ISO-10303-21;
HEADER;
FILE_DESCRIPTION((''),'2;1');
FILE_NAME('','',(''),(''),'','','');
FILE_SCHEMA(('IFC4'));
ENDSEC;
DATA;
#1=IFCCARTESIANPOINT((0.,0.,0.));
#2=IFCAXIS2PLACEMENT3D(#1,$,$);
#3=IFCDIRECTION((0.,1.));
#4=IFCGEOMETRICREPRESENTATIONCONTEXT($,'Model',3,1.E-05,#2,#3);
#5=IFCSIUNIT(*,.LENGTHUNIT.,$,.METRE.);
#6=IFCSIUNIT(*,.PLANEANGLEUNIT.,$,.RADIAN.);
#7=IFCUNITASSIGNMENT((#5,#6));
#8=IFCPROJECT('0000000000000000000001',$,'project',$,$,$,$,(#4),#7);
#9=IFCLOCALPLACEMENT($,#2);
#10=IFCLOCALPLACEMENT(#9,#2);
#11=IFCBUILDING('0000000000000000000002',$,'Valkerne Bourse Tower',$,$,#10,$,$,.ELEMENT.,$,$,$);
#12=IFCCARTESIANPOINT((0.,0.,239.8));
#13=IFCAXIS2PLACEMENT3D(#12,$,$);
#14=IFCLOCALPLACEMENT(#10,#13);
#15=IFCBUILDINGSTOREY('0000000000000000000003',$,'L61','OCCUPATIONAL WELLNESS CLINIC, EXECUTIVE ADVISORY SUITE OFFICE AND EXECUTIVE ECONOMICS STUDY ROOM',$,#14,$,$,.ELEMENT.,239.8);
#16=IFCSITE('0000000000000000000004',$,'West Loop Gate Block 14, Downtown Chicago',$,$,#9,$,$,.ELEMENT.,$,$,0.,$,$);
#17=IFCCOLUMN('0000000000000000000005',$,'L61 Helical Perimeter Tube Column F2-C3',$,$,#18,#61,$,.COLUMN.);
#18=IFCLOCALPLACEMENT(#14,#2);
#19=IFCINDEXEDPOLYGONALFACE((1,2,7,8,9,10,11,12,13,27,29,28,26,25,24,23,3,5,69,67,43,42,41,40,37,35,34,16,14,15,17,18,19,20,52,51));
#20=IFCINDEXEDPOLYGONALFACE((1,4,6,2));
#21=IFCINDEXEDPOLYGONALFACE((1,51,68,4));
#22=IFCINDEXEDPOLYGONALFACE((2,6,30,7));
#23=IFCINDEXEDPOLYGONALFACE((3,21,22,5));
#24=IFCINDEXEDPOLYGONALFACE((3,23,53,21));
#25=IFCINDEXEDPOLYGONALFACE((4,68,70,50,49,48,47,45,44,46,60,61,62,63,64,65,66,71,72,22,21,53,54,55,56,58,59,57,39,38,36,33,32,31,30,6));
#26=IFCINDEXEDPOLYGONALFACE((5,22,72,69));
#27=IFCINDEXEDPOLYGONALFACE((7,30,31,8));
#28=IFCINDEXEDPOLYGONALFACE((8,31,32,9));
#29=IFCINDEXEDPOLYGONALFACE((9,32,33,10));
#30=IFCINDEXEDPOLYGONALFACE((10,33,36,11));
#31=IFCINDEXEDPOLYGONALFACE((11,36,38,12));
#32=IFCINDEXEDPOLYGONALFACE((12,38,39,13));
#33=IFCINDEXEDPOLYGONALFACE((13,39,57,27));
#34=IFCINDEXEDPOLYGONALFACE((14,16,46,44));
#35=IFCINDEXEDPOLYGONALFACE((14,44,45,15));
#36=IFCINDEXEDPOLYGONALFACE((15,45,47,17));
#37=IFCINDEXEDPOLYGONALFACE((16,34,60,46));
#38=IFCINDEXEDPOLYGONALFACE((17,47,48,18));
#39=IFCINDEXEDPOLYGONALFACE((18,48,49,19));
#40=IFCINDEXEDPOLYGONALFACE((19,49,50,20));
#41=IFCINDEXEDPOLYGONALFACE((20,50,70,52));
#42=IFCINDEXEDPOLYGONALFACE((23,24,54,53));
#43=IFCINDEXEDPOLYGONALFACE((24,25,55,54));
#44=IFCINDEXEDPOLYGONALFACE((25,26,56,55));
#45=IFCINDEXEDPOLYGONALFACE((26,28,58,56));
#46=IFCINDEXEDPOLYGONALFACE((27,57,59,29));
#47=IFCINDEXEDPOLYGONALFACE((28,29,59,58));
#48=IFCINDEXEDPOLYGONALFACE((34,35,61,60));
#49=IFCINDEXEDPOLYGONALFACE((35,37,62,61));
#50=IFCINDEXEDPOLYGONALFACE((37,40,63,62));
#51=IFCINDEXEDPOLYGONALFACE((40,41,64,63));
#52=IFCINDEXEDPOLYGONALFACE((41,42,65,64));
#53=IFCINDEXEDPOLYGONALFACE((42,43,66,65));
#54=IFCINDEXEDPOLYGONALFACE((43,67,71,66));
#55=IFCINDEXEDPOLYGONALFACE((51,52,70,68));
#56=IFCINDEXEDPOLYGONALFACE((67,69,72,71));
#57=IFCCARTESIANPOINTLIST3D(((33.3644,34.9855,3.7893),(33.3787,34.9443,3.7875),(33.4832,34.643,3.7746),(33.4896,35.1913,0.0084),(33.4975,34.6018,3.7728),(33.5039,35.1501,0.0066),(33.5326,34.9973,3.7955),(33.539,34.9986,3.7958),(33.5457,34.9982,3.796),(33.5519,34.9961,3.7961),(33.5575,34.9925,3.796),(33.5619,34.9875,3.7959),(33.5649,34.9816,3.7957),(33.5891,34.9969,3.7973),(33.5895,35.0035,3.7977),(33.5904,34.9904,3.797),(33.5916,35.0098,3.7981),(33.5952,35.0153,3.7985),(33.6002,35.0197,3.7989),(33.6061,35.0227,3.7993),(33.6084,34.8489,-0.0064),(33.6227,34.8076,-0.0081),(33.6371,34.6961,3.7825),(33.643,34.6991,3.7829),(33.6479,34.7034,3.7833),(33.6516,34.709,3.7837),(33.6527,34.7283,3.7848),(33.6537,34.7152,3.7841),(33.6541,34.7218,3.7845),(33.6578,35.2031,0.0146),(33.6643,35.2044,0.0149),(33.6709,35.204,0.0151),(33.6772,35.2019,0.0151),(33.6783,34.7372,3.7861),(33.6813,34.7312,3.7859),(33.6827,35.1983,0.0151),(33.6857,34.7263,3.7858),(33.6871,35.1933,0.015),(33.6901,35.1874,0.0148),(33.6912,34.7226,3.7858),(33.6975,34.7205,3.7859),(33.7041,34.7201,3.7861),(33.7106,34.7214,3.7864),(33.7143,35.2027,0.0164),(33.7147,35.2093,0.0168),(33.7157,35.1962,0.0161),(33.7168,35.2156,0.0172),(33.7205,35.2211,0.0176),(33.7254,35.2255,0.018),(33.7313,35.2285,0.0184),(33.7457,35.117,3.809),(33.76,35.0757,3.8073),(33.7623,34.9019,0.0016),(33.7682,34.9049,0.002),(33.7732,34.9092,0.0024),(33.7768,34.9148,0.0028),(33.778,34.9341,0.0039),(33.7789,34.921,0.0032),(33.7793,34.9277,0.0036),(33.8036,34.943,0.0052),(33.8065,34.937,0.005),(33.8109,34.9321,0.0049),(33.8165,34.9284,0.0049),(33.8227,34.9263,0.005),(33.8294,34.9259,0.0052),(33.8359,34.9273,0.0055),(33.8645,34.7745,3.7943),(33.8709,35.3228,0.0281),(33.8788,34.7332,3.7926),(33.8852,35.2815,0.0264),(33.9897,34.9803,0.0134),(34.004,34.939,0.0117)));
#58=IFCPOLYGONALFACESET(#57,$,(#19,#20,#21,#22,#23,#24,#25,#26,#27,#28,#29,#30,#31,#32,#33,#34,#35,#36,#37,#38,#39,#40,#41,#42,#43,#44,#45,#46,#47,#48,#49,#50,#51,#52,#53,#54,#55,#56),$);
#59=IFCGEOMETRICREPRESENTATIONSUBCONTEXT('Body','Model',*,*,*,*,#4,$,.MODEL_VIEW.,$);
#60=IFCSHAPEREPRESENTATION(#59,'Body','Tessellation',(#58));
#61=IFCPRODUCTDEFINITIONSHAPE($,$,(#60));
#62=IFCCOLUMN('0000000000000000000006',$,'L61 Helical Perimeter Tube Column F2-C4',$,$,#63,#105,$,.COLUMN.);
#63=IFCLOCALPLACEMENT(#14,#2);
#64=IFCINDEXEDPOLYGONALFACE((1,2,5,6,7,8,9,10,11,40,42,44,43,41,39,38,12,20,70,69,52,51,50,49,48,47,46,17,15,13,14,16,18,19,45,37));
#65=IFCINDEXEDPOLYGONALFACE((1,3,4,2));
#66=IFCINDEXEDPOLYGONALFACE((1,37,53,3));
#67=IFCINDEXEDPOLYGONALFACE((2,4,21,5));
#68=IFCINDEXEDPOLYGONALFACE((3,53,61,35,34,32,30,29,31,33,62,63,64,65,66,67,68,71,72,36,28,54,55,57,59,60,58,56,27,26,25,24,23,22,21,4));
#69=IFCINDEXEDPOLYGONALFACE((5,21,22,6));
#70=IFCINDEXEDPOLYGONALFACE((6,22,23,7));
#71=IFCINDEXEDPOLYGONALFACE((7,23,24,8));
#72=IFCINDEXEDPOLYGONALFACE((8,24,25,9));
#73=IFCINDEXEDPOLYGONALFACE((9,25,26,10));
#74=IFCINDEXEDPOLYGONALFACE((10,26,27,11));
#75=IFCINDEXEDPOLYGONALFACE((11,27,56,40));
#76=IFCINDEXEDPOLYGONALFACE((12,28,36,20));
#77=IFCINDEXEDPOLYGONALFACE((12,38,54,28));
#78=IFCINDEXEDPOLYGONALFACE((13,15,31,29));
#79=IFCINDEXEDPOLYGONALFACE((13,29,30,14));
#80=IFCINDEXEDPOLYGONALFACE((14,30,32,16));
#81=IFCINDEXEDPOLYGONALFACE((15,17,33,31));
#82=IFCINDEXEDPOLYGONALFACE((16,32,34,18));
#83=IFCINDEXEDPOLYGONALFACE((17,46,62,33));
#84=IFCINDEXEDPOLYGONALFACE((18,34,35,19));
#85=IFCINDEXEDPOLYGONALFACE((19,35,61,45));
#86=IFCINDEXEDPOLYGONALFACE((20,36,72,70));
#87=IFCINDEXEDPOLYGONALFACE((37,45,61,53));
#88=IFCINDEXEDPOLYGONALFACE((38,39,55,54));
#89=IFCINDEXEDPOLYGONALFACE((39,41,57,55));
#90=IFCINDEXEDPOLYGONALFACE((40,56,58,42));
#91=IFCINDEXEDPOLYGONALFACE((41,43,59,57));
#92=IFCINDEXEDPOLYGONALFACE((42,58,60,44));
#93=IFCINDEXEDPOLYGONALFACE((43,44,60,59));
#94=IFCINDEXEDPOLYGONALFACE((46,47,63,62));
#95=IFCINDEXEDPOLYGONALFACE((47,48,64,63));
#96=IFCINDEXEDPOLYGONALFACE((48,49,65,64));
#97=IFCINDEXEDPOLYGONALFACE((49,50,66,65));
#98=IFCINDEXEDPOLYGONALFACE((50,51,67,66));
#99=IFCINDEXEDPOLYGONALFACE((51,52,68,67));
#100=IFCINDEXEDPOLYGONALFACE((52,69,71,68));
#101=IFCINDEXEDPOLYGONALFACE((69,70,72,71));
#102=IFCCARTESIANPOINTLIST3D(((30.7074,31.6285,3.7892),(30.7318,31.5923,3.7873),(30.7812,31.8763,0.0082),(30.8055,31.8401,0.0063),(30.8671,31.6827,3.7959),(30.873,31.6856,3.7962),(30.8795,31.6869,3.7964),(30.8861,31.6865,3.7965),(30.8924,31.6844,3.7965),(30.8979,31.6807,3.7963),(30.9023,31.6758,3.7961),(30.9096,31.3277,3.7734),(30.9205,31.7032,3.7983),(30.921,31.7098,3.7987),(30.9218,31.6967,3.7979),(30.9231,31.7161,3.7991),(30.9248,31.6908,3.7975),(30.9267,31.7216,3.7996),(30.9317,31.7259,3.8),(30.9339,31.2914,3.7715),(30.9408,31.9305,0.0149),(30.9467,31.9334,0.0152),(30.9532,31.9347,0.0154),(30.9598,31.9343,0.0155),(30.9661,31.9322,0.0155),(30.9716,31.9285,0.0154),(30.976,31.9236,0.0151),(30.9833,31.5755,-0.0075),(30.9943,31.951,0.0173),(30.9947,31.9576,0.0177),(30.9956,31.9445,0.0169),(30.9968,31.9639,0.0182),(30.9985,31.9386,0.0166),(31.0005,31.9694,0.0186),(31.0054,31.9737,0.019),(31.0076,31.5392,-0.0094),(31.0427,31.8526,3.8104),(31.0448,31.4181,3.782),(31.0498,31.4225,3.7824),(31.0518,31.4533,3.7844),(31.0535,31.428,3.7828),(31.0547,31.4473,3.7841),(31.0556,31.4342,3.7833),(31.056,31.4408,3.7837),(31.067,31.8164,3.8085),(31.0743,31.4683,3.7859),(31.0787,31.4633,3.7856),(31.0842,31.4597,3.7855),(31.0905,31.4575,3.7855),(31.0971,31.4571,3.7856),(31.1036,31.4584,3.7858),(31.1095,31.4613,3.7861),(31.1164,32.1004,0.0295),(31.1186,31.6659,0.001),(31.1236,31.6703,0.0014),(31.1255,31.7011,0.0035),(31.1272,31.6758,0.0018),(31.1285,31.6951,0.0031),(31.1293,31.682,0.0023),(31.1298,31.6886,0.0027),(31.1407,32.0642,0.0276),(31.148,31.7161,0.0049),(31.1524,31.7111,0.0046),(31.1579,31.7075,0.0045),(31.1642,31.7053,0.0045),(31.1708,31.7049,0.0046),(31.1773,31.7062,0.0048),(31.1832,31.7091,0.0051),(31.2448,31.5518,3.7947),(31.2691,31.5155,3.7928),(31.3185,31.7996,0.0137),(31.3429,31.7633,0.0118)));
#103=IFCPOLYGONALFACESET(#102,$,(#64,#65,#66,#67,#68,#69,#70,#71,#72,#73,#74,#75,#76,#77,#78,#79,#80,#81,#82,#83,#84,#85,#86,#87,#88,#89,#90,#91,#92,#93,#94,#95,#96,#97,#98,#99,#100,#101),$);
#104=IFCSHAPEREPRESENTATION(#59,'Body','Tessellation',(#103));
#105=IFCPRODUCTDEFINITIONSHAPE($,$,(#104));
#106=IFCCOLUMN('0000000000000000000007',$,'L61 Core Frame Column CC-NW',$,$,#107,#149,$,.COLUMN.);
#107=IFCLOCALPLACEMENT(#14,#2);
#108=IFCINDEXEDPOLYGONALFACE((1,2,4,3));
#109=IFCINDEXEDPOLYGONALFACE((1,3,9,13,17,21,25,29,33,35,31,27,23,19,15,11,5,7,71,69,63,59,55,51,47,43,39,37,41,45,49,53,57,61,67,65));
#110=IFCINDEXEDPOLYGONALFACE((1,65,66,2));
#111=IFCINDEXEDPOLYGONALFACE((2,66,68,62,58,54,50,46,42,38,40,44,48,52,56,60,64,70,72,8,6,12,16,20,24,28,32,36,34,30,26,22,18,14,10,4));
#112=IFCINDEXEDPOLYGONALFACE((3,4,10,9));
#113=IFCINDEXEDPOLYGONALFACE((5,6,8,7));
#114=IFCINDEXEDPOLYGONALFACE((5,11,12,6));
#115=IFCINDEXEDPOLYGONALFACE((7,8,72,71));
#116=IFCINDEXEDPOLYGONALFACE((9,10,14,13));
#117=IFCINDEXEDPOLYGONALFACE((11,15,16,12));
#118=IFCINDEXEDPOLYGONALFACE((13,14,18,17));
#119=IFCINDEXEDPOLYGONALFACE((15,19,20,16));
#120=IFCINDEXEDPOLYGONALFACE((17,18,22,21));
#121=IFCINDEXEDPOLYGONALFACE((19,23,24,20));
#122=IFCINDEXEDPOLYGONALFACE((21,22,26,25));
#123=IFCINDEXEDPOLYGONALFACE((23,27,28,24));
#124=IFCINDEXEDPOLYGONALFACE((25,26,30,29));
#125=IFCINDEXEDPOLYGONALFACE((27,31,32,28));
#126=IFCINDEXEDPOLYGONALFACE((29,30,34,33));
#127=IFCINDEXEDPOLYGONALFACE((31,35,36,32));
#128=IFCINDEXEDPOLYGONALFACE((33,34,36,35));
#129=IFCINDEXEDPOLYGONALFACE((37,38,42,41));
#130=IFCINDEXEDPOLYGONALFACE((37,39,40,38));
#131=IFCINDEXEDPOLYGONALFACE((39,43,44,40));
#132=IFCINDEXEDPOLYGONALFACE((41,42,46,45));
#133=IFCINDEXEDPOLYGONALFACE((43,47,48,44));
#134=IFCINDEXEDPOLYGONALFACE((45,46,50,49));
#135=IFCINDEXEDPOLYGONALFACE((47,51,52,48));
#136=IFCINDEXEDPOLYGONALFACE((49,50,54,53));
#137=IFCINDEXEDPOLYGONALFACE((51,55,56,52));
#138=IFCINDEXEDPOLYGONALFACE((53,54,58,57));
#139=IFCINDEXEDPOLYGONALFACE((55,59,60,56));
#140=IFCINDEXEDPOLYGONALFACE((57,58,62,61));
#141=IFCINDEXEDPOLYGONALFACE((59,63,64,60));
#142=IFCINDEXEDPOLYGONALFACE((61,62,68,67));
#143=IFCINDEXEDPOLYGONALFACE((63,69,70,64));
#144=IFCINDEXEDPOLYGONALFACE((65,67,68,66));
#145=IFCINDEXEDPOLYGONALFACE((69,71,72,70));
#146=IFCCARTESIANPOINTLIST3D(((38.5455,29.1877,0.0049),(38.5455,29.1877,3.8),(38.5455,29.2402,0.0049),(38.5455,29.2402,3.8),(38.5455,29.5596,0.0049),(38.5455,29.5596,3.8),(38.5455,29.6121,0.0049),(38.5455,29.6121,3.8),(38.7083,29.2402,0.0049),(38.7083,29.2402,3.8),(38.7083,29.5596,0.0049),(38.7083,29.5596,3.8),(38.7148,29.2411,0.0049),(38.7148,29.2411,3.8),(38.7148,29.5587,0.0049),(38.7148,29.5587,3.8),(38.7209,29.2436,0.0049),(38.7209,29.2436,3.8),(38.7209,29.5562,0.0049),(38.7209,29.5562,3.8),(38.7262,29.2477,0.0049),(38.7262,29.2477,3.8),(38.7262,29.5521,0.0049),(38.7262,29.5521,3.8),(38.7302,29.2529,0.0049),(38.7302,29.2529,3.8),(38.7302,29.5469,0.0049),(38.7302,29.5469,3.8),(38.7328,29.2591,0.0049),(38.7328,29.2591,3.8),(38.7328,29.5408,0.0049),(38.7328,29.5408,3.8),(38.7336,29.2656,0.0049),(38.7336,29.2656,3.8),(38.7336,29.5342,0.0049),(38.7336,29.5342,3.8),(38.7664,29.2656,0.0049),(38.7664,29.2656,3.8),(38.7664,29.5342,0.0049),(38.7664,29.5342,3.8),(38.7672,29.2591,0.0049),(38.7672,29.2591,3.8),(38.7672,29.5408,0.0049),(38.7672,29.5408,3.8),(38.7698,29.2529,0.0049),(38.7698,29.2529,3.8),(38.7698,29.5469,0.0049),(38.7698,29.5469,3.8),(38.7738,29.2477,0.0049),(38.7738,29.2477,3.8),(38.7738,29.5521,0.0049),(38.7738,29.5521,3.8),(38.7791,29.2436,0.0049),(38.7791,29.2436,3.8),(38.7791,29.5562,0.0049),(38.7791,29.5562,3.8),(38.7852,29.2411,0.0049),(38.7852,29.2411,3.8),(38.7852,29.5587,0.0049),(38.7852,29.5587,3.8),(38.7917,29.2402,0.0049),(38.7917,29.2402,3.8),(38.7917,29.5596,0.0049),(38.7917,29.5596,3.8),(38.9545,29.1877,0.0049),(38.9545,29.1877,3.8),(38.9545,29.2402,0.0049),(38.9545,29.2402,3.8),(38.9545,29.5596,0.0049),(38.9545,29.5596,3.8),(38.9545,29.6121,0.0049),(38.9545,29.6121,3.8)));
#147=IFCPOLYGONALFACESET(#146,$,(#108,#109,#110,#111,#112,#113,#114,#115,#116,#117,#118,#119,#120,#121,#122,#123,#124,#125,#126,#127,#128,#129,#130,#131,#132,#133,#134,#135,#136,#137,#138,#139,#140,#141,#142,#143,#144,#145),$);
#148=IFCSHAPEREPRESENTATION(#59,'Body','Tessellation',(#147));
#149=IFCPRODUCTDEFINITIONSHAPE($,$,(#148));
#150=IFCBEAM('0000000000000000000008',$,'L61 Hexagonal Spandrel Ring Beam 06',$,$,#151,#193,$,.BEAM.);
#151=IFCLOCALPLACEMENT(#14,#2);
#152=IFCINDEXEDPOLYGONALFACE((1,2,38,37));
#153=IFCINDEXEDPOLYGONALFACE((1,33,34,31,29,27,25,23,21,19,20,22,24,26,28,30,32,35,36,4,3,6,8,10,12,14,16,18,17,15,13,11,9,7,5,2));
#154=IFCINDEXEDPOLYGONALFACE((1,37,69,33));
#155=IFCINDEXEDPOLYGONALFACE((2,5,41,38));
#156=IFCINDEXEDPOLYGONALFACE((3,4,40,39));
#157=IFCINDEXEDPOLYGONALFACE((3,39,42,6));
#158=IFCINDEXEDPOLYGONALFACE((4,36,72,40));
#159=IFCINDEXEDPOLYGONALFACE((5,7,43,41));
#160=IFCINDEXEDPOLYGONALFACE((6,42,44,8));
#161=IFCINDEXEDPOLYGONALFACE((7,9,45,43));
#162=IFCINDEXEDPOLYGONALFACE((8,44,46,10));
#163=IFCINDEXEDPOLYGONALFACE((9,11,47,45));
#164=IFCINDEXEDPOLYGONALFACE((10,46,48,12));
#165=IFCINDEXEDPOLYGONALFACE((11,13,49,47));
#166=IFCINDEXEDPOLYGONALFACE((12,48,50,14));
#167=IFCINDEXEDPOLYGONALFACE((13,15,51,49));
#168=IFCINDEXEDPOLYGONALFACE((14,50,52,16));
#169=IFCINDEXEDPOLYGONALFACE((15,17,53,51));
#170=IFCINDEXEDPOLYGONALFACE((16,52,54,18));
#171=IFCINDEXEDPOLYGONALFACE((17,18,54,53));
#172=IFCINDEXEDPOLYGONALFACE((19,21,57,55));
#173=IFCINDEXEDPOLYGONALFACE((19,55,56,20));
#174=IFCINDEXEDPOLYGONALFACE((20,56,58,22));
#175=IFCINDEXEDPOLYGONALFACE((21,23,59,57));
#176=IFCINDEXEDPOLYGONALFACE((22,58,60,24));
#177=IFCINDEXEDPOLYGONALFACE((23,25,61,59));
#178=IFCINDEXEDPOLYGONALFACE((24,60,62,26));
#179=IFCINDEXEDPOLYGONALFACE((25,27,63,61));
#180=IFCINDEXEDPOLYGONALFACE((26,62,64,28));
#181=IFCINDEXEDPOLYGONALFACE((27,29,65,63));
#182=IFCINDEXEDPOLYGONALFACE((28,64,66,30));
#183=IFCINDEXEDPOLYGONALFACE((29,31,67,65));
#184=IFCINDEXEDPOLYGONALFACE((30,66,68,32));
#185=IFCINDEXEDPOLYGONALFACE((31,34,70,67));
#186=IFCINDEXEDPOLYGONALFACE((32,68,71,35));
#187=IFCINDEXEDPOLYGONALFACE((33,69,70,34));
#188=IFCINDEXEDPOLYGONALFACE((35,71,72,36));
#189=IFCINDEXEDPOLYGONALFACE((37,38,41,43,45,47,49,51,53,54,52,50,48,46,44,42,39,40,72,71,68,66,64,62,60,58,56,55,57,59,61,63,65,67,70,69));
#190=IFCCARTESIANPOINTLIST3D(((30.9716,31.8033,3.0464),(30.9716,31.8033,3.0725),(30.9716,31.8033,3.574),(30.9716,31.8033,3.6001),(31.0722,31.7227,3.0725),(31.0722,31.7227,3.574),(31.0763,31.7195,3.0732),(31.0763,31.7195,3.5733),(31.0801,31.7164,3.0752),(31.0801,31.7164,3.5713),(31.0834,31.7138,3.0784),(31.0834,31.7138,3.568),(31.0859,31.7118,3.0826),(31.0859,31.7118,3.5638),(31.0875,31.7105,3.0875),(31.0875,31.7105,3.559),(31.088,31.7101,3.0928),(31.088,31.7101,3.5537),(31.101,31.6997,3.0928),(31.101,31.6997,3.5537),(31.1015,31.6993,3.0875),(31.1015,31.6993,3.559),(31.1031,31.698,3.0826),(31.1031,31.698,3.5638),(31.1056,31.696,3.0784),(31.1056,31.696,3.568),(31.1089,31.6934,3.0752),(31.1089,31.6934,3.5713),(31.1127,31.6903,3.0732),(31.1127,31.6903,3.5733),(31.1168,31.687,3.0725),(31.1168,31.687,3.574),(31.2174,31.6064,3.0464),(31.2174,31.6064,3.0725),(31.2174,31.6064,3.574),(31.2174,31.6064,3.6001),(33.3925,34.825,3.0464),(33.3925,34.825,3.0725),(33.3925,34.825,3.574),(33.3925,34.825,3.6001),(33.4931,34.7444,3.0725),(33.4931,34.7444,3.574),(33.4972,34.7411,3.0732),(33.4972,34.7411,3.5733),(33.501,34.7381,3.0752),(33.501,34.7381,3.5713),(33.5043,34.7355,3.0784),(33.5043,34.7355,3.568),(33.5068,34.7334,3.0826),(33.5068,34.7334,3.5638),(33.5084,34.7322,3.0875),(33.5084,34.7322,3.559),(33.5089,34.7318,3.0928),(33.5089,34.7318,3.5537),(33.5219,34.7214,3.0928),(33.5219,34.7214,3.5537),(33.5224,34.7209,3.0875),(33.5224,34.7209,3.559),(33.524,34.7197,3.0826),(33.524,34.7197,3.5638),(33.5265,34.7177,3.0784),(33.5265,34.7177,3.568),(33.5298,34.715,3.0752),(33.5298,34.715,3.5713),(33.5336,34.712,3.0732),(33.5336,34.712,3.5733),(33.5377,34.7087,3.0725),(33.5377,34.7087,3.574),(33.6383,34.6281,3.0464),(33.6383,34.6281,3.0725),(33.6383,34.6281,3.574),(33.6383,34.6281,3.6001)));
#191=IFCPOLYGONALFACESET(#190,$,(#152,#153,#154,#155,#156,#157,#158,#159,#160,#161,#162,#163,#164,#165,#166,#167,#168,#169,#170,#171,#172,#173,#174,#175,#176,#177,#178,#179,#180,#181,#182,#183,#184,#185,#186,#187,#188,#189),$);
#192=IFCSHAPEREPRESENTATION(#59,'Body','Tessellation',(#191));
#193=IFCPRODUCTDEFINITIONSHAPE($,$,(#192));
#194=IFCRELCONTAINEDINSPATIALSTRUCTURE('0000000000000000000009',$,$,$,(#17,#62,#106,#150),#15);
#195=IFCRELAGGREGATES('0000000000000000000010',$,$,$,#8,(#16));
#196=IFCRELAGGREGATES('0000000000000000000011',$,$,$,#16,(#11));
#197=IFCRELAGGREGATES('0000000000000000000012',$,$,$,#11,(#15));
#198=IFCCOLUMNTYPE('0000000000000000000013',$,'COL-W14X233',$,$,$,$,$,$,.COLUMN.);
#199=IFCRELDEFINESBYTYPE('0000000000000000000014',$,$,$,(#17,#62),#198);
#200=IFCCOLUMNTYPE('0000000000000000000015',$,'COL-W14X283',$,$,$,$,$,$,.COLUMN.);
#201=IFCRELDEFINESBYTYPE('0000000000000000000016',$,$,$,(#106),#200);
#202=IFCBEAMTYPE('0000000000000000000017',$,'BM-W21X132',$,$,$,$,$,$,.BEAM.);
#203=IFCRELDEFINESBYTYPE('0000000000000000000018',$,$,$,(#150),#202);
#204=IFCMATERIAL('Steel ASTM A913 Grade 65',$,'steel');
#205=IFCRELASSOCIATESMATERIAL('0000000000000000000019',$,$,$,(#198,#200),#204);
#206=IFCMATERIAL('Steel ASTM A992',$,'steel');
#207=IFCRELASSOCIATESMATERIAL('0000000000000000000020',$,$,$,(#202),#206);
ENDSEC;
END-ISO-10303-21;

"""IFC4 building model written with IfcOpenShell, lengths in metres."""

from ifc_helpers import new_model, si_unit, direction, frame, origin, origin_2d, place, context, subcontext, project, spatial, i_section, extrude, material, material_profile, profile_set, type_object, element, save


model = new_model("IFC4")

# Units and contexts
model_context = context("Model", 3, precision=1e-05, world=origin(), true_north=direction((0.0, 1.0)))
body_context = subcontext(model_context, "Body", "Model", "MODEL_VIEW")
ifc_project = project(units=[si_unit("LENGTHUNIT", "METRE"), si_unit("PLANEANGLEUNIT", "RADIAN")], contexts=[model_context])

# Site, building, storey
site_placement = place(None, origin())
site = spatial("IfcSite", under=ifc_project, at=site_placement, Name="West Loop Gate Block 14, Downtown Chicago", CompositionType="ELEMENT", RefElevation=0.0)
building_placement = place(site_placement, origin())
building = spatial("IfcBuilding", under=site, at=building_placement, Name="Valkerne Bourse Tower", CompositionType="ELEMENT")
storey_placement = place(building_placement, frame((0.0, 0.0, 239.8)))
storey = spatial("IfcBuildingStorey", under=building, at=storey_placement, Name="L61", Description="OCCUPATIONAL WELLNESS CLINIC, EXECUTIVE ADVISORY SUITE OFFICE AND EXECUTIVE ECONOMICS STUDY ROOM", CompositionType="ELEMENT", Elevation=239.8)

# Columns
ifc_material_1 = material(Name="Steel ASTM A913 Grade 65", Category="steel")
ifc_material_profile_1 = material_profile(ifc_material_1, i_section(OverallWidth=0.4038, OverallDepth=0.4065, WebThickness=0.0271, FlangeThickness=0.0437, FilletRadius=0.0254, at=origin_2d()), Name="W14X233")
ifc_profile_set_1 = profile_set([ifc_material_profile_1], Name="Steel ASTM A913 Grade 65")
column_type_1 = type_object("IfcColumnType", Name="COL-W14X233", PredefinedType="COLUMN", material=ifc_profile_set_1)
column_1_placement = place(storey_placement, frame((33.7468, 35.0652, 0.01), z_axis=(-0.033058, -0.054323, 0.997976), x_axis=(-0.944265, -0.325519, -0.048997)))
element("IfcColumn", 1, at=column_1_placement, inside=storey, type_object=column_type_1, Name="L61 Helical Perimeter Tube Column F2-C3", PredefinedType="COLUMN", context=body_context, shape_type="SweptSolid", body=[
    extrude(i_section(OverallWidth=0.4038, OverallDepth=0.4065, WebThickness=0.0271, FlangeThickness=0.0437, FilletRadius=0.0254, at=origin_2d()), origin(), (0.0, 0.0, 1.0), 3.7886),
])
column_2_placement = place(storey_placement, frame((31.062, 31.8198, 0.01), z_axis=(-0.019455, -0.065386, 0.99767), x_axis=(-0.830178, -0.555015, -0.052564)))
element("IfcColumn", 2, at=column_2_placement, inside=storey, type_object=column_type_1, Name="L61 Helical Perimeter Tube Column F2-C4", PredefinedType="COLUMN", context=body_context, shape_type="SweptSolid", body=[
    extrude(i_section(OverallWidth=0.4038, OverallDepth=0.4065, WebThickness=0.0271, FlangeThickness=0.0437, FilletRadius=0.0254, at=origin_2d()), origin(), (0.0, 0.0, 1.0), 3.7898),
])
ifc_material_profile_2 = material_profile(ifc_material_1, i_section(OverallWidth=0.4089, OverallDepth=0.4243, WebThickness=0.0327, FlangeThickness=0.0525, FilletRadius=0.0254, at=origin_2d()), Name="W14X283")
ifc_profile_set_2 = profile_set([ifc_material_profile_2], Name="Steel ASTM A913 Grade 65")
column_type_2 = type_object("IfcColumnType", Name="COL-W14X283", PredefinedType="COLUMN", material=ifc_profile_set_2)
column_3_placement = place(storey_placement, frame((38.75, 29.3999, 0.0049), z_axis=(0.0, 0.0, 1.0), x_axis=(1.0, 0.0, 0.0)))
element("IfcColumn", 3, at=column_3_placement, inside=storey, type_object=column_type_2, Name="L61 Core Frame Column CC-NW", PredefinedType="COLUMN", context=body_context, shape_type="SweptSolid", body=[
    extrude(i_section(OverallWidth=0.4089, OverallDepth=0.4243, WebThickness=0.0327, FlangeThickness=0.0525, FilletRadius=0.0254, at=origin_2d()), origin(), (0.0, 0.0, 1.0), 3.7952),
])

# Beam
ifc_material_2 = material(Name="Steel ASTM A992", Category="steel")
ifc_material_profile_3 = material_profile(ifc_material_2, i_section(OverallWidth=0.3149, OverallDepth=0.5537, WebThickness=0.0166, FlangeThickness=0.0261, FilletRadius=0.0203, at=origin_2d()), Name="W21X132")
ifc_profile_set_3 = profile_set([ifc_material_profile_3], Name="Steel ASTM A992")
beam_type_1 = type_object("IfcBeamType", Name="BM-W21X132", PredefinedType="BEAM", material=ifc_profile_set_3)
beam_1_placement = place(storey_placement, frame((33.5154, 34.7266, 3.3232), z_axis=(-0.625249, -0.780426, 0.0), x_axis=(0.780426, -0.625249, 0.0)))
element("IfcBeam", 4, at=beam_1_placement, inside=storey, type_object=beam_type_1, Name="L61 Hexagonal Spandrel Ring Beam 06", PredefinedType="BEAM", context=body_context, shape_type="SweptSolid", body=[
    extrude(i_section(OverallWidth=0.3149, OverallDepth=0.5537, WebThickness=0.0166, FlangeThickness=0.0261, FilletRadius=0.0203, at=origin_2d()), origin(), (0.0, 0.0, 1.0), 3.8718),
])

save(model, "model.ifc")
